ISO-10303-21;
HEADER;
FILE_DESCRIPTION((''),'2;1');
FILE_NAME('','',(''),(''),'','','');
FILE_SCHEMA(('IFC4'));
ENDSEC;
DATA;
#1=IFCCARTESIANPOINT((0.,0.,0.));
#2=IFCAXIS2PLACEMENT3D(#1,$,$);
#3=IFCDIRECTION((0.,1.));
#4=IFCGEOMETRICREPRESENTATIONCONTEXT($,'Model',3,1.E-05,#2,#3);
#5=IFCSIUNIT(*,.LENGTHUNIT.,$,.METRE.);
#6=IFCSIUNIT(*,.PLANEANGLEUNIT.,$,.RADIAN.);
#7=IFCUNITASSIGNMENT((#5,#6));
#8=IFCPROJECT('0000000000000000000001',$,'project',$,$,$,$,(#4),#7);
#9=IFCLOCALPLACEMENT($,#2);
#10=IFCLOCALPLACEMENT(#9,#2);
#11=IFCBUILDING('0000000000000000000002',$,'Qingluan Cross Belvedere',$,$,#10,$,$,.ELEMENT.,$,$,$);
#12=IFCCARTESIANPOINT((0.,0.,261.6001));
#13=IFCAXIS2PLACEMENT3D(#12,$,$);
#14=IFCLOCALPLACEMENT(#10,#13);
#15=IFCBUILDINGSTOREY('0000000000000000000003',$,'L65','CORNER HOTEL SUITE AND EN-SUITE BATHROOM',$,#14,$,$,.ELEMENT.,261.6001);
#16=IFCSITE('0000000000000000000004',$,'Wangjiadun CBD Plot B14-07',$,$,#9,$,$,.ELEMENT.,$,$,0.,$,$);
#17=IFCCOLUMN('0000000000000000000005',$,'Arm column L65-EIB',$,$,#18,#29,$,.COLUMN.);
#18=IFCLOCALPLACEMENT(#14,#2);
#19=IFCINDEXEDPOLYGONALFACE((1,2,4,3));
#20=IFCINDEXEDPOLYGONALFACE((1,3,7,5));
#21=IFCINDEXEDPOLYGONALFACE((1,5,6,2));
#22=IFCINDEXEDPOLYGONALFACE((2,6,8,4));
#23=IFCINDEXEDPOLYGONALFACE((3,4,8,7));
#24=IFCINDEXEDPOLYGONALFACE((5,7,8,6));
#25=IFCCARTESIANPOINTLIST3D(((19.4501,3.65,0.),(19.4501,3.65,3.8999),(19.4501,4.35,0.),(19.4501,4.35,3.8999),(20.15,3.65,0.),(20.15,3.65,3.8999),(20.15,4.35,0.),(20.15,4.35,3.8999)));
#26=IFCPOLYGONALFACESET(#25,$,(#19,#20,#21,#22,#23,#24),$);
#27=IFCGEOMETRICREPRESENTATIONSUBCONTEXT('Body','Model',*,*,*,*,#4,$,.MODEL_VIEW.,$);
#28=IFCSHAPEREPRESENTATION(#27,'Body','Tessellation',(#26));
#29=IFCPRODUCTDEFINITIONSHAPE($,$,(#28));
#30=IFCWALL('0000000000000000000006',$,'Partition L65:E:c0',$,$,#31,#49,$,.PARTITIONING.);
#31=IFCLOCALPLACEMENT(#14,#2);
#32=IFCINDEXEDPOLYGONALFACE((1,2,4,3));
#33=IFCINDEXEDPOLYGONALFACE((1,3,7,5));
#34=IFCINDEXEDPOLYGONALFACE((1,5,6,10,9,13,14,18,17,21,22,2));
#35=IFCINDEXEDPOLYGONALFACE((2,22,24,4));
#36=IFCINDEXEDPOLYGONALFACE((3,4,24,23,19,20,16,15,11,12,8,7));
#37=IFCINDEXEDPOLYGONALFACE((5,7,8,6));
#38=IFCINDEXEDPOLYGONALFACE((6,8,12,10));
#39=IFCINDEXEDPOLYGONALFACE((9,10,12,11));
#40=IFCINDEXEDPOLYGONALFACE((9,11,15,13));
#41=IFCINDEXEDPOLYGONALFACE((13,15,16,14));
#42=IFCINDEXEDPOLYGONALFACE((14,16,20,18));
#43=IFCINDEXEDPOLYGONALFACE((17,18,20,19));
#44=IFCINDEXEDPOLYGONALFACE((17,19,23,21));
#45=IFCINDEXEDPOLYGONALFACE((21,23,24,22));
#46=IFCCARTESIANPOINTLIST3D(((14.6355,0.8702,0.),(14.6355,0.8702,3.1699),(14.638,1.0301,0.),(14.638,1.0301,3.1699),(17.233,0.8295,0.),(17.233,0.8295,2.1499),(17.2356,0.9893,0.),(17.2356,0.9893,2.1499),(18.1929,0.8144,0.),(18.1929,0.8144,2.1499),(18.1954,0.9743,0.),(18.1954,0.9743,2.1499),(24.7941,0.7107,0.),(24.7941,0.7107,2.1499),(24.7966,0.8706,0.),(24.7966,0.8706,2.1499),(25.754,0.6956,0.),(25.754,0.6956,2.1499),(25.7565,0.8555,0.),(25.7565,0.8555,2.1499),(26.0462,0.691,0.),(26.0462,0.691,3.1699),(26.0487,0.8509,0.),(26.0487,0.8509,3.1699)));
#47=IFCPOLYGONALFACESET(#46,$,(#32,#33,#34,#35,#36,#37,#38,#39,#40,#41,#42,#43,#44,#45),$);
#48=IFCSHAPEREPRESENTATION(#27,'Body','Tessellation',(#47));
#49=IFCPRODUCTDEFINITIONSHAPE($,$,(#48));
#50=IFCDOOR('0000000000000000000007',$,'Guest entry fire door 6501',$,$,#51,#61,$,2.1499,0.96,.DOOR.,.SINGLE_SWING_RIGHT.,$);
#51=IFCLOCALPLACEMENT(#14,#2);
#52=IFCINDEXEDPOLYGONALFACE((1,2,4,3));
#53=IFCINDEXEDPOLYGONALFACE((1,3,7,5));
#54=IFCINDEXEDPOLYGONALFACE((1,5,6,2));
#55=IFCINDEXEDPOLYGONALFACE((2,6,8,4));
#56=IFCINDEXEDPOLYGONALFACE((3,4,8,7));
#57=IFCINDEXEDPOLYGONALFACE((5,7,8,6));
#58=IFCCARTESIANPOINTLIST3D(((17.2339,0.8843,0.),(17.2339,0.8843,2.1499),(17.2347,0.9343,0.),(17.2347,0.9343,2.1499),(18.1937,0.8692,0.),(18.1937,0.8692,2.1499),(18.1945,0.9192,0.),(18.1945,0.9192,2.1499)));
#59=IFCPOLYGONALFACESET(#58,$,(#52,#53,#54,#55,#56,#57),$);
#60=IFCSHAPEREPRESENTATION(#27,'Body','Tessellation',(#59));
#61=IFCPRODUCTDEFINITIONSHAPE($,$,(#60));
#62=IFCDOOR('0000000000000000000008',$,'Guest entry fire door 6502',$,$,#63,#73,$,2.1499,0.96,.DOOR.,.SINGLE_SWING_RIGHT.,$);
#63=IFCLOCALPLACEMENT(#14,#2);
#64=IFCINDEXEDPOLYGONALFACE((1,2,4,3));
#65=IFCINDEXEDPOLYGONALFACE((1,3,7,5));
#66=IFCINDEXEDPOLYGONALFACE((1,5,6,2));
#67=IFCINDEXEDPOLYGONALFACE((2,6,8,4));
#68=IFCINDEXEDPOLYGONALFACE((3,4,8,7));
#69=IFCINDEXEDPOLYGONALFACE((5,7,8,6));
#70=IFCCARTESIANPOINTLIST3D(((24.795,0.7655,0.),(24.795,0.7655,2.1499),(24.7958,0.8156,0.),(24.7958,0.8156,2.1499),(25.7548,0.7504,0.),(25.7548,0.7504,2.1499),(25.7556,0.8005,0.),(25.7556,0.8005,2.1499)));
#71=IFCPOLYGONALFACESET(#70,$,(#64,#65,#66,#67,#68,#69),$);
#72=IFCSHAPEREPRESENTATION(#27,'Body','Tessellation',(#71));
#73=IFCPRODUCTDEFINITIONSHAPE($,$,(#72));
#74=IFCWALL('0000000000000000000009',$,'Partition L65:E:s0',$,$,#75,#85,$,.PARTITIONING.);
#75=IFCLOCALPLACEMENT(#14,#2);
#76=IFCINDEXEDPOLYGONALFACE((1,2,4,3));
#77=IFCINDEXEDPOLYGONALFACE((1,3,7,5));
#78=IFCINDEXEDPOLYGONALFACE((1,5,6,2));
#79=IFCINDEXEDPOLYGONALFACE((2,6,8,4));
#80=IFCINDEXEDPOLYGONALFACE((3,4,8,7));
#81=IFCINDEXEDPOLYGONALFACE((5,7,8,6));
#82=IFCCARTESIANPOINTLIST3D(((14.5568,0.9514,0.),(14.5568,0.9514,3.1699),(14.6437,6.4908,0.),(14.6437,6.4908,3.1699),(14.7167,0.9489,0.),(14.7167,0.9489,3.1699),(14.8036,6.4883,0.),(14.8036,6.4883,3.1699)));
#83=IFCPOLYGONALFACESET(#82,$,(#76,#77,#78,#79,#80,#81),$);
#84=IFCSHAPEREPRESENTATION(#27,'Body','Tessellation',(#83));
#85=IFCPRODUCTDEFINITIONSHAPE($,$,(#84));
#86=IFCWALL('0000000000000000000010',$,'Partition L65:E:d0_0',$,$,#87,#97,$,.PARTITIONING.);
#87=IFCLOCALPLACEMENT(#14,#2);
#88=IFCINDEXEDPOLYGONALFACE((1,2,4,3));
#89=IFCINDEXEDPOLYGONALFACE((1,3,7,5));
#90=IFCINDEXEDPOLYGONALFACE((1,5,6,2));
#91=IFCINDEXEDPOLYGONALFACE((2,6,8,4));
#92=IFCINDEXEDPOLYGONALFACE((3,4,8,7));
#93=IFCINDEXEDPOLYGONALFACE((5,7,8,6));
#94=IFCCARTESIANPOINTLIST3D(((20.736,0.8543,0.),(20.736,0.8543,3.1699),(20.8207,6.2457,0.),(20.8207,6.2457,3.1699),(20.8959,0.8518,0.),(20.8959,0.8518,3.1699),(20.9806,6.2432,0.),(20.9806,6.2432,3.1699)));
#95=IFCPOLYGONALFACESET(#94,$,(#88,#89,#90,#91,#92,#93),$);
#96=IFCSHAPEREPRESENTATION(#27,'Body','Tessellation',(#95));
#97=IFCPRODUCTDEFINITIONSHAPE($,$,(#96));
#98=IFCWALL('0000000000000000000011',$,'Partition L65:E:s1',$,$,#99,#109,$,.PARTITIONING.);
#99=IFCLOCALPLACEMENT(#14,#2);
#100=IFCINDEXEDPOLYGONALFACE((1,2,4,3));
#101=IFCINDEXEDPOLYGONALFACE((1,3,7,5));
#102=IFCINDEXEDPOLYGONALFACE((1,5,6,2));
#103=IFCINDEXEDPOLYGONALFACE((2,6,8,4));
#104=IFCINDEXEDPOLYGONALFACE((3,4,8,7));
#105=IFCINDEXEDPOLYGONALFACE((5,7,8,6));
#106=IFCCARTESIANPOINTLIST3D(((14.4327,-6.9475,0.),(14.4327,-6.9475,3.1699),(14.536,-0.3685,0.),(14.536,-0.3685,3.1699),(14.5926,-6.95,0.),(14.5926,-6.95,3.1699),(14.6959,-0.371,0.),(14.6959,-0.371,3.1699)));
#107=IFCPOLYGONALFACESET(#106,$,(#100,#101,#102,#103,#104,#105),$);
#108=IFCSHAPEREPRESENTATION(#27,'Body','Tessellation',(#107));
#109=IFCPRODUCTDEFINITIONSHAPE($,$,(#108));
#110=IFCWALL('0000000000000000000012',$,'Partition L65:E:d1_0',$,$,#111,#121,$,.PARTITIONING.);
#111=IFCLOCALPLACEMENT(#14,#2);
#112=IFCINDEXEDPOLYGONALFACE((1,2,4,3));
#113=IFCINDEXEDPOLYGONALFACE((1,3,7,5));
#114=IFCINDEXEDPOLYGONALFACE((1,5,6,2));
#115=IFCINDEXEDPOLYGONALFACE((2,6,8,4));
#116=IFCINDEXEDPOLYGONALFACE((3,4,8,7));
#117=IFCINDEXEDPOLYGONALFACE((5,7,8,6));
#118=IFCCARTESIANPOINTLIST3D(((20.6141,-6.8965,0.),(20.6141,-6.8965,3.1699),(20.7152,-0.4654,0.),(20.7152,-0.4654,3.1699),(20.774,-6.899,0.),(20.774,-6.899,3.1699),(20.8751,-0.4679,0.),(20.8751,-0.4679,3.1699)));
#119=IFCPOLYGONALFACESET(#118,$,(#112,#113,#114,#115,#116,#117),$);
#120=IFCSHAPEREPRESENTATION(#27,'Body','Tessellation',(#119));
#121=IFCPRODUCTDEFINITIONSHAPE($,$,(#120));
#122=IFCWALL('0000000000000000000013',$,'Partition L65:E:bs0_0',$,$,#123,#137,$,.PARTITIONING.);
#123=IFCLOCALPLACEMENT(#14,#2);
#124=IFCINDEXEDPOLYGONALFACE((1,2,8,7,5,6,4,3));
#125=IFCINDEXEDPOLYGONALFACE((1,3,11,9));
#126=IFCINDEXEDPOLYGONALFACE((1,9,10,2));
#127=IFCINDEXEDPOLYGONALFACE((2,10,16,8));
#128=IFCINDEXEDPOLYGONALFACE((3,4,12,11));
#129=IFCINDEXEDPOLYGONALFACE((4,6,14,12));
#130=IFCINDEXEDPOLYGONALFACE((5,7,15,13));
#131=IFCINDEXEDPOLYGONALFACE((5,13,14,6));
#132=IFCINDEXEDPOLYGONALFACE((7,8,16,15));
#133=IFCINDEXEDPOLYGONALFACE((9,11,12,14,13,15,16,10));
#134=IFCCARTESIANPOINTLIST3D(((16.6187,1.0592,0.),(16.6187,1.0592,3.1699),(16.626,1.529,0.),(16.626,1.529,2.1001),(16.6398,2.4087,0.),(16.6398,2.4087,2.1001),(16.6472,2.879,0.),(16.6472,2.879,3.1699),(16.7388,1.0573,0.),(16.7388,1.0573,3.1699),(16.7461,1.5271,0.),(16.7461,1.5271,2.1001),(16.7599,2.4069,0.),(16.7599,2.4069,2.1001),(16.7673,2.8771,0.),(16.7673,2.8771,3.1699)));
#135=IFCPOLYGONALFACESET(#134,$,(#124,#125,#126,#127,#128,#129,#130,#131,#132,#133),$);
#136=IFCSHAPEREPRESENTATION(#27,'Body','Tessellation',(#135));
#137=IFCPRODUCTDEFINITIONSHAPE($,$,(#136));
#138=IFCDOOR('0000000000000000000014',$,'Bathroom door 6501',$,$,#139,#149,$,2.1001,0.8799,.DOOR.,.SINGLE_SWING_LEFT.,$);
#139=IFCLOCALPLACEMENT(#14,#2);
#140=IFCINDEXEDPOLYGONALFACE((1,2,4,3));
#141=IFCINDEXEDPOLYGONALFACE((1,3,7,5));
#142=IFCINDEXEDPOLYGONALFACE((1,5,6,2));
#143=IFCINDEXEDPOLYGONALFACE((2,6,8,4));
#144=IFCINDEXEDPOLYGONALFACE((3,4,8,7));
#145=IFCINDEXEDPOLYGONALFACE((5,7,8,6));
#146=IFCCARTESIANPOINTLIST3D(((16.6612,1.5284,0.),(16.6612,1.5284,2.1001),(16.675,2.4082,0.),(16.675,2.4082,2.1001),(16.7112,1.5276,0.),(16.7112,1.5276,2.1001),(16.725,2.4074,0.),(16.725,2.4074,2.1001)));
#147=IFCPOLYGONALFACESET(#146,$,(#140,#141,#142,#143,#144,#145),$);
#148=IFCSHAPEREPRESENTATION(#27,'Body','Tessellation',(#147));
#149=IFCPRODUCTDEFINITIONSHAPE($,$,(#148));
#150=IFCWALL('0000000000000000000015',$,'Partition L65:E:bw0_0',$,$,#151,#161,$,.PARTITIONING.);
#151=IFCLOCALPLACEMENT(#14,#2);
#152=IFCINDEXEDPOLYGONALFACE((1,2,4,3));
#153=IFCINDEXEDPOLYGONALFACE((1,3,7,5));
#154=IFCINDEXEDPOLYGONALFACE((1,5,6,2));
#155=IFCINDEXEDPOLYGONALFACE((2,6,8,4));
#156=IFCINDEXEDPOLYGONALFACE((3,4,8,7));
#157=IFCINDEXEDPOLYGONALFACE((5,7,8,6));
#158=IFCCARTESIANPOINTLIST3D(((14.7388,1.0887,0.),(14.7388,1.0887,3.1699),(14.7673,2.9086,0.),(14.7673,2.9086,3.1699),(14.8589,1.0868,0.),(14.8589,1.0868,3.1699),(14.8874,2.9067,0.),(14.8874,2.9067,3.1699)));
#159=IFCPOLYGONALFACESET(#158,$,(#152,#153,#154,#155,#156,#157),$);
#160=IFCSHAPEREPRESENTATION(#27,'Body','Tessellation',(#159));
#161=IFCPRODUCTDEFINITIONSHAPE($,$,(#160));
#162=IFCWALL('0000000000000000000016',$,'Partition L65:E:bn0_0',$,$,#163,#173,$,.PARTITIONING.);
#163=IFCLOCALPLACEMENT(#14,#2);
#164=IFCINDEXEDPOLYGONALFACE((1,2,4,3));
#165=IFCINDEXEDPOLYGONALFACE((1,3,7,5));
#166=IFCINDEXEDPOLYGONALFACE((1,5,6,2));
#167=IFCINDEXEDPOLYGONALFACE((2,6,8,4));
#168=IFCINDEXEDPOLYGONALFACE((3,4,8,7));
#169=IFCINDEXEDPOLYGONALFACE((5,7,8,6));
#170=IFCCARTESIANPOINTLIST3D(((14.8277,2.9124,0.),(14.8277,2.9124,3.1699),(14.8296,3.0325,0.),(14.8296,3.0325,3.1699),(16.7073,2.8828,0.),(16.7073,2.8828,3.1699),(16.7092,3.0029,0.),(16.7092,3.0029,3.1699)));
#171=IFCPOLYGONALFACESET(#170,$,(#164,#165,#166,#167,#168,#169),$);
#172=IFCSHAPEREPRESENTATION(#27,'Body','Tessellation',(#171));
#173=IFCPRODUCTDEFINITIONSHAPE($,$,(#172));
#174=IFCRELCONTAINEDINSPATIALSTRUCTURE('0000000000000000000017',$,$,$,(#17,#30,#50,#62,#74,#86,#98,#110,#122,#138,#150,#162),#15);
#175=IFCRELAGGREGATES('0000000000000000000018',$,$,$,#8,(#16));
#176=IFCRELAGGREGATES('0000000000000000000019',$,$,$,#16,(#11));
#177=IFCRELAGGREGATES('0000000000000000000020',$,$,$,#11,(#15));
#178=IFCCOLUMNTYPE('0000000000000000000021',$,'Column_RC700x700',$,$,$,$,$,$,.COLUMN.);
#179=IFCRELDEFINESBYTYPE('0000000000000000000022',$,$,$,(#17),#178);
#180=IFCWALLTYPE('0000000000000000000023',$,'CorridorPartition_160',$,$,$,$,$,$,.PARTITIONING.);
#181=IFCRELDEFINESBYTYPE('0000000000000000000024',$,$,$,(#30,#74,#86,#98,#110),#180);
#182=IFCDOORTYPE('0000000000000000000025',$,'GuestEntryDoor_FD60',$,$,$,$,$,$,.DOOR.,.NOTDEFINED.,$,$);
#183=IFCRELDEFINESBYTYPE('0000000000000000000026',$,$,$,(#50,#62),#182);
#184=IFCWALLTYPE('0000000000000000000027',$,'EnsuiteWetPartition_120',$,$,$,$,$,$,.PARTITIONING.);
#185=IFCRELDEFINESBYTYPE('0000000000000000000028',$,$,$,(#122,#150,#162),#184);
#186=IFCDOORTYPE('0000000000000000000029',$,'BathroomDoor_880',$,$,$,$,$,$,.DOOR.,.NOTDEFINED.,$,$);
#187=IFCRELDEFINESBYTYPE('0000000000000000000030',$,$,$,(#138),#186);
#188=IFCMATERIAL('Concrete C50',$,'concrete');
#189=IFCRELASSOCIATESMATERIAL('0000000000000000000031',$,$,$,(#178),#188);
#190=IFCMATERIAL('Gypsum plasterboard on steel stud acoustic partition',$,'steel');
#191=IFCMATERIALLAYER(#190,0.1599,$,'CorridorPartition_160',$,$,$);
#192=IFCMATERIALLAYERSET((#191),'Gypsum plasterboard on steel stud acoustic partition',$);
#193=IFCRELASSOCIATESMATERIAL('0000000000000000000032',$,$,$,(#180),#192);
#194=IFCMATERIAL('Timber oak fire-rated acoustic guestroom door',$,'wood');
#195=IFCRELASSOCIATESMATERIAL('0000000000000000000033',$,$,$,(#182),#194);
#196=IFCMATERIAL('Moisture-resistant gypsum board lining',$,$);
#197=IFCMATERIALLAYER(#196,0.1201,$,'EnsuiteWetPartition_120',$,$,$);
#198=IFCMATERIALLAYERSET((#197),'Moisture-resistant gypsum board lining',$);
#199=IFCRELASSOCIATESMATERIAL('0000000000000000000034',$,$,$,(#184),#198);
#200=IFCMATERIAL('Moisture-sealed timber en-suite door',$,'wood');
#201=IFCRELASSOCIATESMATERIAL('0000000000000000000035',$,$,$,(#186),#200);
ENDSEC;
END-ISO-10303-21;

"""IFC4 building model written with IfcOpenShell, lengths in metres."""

from ifc_helpers import new_model, si_unit, direction, frame, frame_2d, origin, origin_2d, place, context, subcontext, project, spatial, rectangle, extrude, material, layer, layer_set, material_profile, profile_set, type_object, element, fill, save


model = new_model("IFC4")

# Units and contexts
model_context = context("Model", 3, precision=1e-05, world=origin(), true_north=direction((0.0, 1.0)))
body_context = subcontext(model_context, "Body", "Model", "MODEL_VIEW")
ifc_project = project(units=[si_unit("LENGTHUNIT", "METRE"), si_unit("PLANEANGLEUNIT", "RADIAN")], contexts=[model_context])

# Site, building, storey
site_placement = place(None, origin())
site = spatial("IfcSite", under=ifc_project, at=site_placement, Name="Wangjiadun CBD Plot B14-07", CompositionType="ELEMENT", RefElevation=0.0)
building_placement = place(site_placement, origin())
building = spatial("IfcBuilding", under=site, at=building_placement, Name="Qingluan Cross Belvedere", CompositionType="ELEMENT")
storey_placement = place(building_placement, frame((0.0, 0.0, 261.6001)))
storey = spatial("IfcBuildingStorey", under=building, at=storey_placement, Name="L65", Description="CORNER HOTEL SUITE AND EN-SUITE BATHROOM", CompositionType="ELEMENT", Elevation=261.6001)

# Column
ifc_material_1 = material(Name="Concrete C50", Category="concrete")
ifc_material_profile = material_profile(ifc_material_1, rectangle(XDim=0.7, YDim=0.7, at=origin_2d()), Name="RC700x700")
ifc_profile_set = profile_set([ifc_material_profile], Name="Concrete C50")
column_type = type_object("IfcColumnType", Name="Column_RC700x700", PredefinedType="COLUMN", material=ifc_profile_set)
column_placement = place(storey_placement, frame((19.8, 4.0, 0.0), z_axis=(0.0, 0.0, 1.0), x_axis=(1.0, 0.0, 0.0)))
element("IfcColumn", 1, at=column_placement, inside=storey, type_object=column_type, Name="Arm column L65-EIB", PredefinedType="COLUMN", context=body_context, shape_type="SweptSolid", body=[
    extrude(rectangle(XDim=0.7, YDim=0.7, at=origin_2d()), origin(), (0.0, 0.0, 1.0), 3.8999),
])

# Wall, openings, doors
ifc_material_2 = material(Name="Gypsum plasterboard on steel stud acoustic partition", Category="steel")
ifc_layer_1 = layer(ifc_material_2, 0.1599, Name="CorridorPartition_160")
ifc_layer_set_1 = layer_set([ifc_layer_1], Name="Gypsum plasterboard on steel stud acoustic partition")
wall_type_1 = type_object("IfcWallType", Name="CorridorPartition_160", PredefinedType="PARTITIONING", material=ifc_layer_set_1)
wall_1_placement = place(storey_placement, frame((14.6367, 0.9502, 0.0), z_axis=(0.0, 0.0, 1.0), x_axis=(0.999877, -0.015703, 0.0)))
wall_1 = element("IfcWall", 2, at=wall_1_placement, inside=storey, type_object=wall_type_1, Name="Partition L65:E:c0", PredefinedType="PARTITIONING", context=body_context, shape_type="SweptSolid", body=[
    extrude(rectangle(XDim=11.4121, YDim=0.1599, at=frame_2d((5.7061, 0.0))), origin(), (0.0, 0.0, 1.0), 3.1699),
])
opening_1_placement = place(wall_1_placement, frame((2.5979, 0.0, 0.0)))
opening_1 = element("IfcOpeningElement", 3, at=opening_1_placement, cuts=wall_1, PredefinedType="OPENING", context=body_context, shape_type="SweptSolid", body=[
    extrude(rectangle(XDim=0.96, YDim=2.1499, at=frame_2d((0.48, 1.075))), frame((0.0, 0.0898, 0.0), z_axis=(0.0, -1.0, 0.0), x_axis=(1.0, 0.0, 0.0)), (0.0, 0.0, 1.0), 0.1799),
])
opening_2_placement = place(wall_1_placement, frame((10.1599, 0.0, 0.0)))
opening_2 = element("IfcOpeningElement", 4, at=opening_2_placement, cuts=wall_1, PredefinedType="OPENING", context=body_context, shape_type="SweptSolid", body=[
    extrude(rectangle(XDim=0.96, YDim=2.1499, at=frame_2d((0.48, 1.075))), frame((0.0, 0.0898, 0.0), z_axis=(0.0, -1.0, 0.0), x_axis=(1.0, 0.0, 0.0)), (0.0, 0.0, 1.0), 0.1799),
])
ifc_material_3 = material(Name="Timber oak fire-rated acoustic guestroom door", Category="wood")
door_type_1 = type_object("IfcDoorType", Name="GuestEntryDoor_FD60", OperationType="NOTDEFINED", PredefinedType="DOOR", material=ifc_material_3)
door_1_placement = place(opening_1_placement, origin())
door_1 = element("IfcDoor", 5, at=door_1_placement, inside=storey, type_object=door_type_1, Name="Guest entry fire door 6501", OperationType="SINGLE_SWING_RIGHT", OverallHeight=2.1499, OverallWidth=0.96, PredefinedType="DOOR", context=body_context, shape_type="SweptSolid", body=[
    extrude(rectangle(XDim=0.96, YDim=2.1499, at=frame_2d((0.48, 1.075))), frame((0.0, 0.0249, 0.0), z_axis=(0.0, -1.0, 0.0), x_axis=(1.0, 0.0, 0.0)), (0.0, 0.0, 1.0), 0.05),
])
fill(opening_1, door_1)
door_2_placement = place(opening_2_placement, origin())
door_2 = element("IfcDoor", 6, at=door_2_placement, inside=storey, type_object=door_type_1, Name="Guest entry fire door 6502", OperationType="SINGLE_SWING_RIGHT", OverallHeight=2.1499, OverallWidth=0.96, PredefinedType="DOOR", context=body_context, shape_type="SweptSolid", body=[
    extrude(rectangle(XDim=0.96, YDim=2.1499, at=frame_2d((0.48, 1.075))), frame((0.0, 0.0249, 0.0), z_axis=(0.0, -1.0, 0.0), x_axis=(1.0, 0.0, 0.0)), (0.0, 0.0, 1.0), 0.05),
])
fill(opening_2, door_2)

# Walls
wall_2_placement = place(storey_placement, frame((14.6367, 0.9502, 0.0), z_axis=(0.0, 0.0, 1.0), x_axis=(0.015688, 0.999877, 0.0)))
element("IfcWall", 7, at=wall_2_placement, inside=storey, type_object=wall_type_1, Name="Partition L65:E:s0", PredefinedType="PARTITIONING", context=body_context, shape_type="SweptSolid", body=[
    extrude(rectangle(XDim=5.54, YDim=0.1599, at=frame_2d((2.77, 0.0))), origin(), (0.0, 0.0, 1.0), 3.1699),
])
wall_3_placement = place(storey_placement, frame((20.8159, 0.853, 0.0), z_axis=(0.0, 0.0, 1.0), x_axis=(0.015712, 0.999877, 0.0)))
element("IfcWall", 8, at=wall_3_placement, inside=storey, type_object=wall_type_1, Name="Partition L65:E:d0_0", PredefinedType="PARTITIONING", context=body_context, shape_type="SweptSolid", body=[
    extrude(rectangle(XDim=5.3921, YDim=0.1599, at=frame_2d((2.696, 0.0))), origin(), (0.0, 0.0, 1.0), 3.1699),
])
wall_4_placement = place(storey_placement, frame((14.616, -0.3696, 0.0), z_axis=(0.0, 0.0, 1.0), x_axis=(-0.015695, -0.999877, 0.0)))
element("IfcWall", 9, at=wall_4_placement, inside=storey, type_object=wall_type_1, Name="Partition L65:E:s1", PredefinedType="PARTITIONING", context=body_context, shape_type="SweptSolid", body=[
    extrude(rectangle(XDim=6.5798, YDim=0.1599, at=frame_2d((3.29, 0.0))), origin(), (0.0, 0.0, 1.0), 3.1699),
])
wall_5_placement = place(storey_placement, frame((20.7952, -0.4668, 0.0), z_axis=(0.0, 0.0, 1.0), x_axis=(-0.015714, -0.999877, 0.0)))
element("IfcWall", 10, at=wall_5_placement, inside=storey, type_object=wall_type_1, Name="Partition L65:E:d1_0", PredefinedType="PARTITIONING", context=body_context, shape_type="SweptSolid", body=[
    extrude(rectangle(XDim=6.4319, YDim=0.1599, at=frame_2d((3.2158, 0.0))), origin(), (0.0, 0.0, 1.0), 3.1699),
])

# Wall, opening, door
ifc_material_4 = material(Name="Moisture-resistant gypsum board lining")
ifc_layer_2 = layer(ifc_material_4, 0.1201, Name="EnsuiteWetPartition_120")
ifc_layer_set_2 = layer_set([ifc_layer_2], Name="Moisture-resistant gypsum board lining")
wall_type_2 = type_object("IfcWallType", Name="EnsuiteWetPartition_120", PredefinedType="PARTITIONING", material=ifc_layer_set_2)
wall_6_placement = place(storey_placement, frame((16.6787, 1.0581, 0.0), z_axis=(0.0, 0.0, 1.0), x_axis=(0.015694, 0.999877, 0.0)))
wall_6 = element("IfcWall", 11, at=wall_6_placement, inside=storey, type_object=wall_type_2, Name="Partition L65:E:bs0_0", PredefinedType="PARTITIONING", context=body_context, shape_type="SweptSolid", body=[
    extrude(rectangle(XDim=1.8201, YDim=0.1201, at=frame_2d((0.9102, 0.0))), origin(), (0.0, 0.0, 1.0), 3.1699),
])
opening_3_placement = place(wall_6_placement, frame((0.47, 0.0, 0.0)))
opening_3 = element("IfcOpeningElement", 12, at=opening_3_placement, cuts=wall_6, PredefinedType="OPENING", context=body_context, shape_type="SweptSolid", body=[
    extrude(rectangle(XDim=0.8799, YDim=2.1001, at=frame_2d((0.4399, 1.05))), frame((0.0, 0.0701, 0.0), z_axis=(0.0, -1.0, 0.0), x_axis=(1.0, 0.0, 0.0)), (0.0, 0.0, 1.0), 0.1401),
])
ifc_material_5 = material(Name="Moisture-sealed timber en-suite door", Category="wood")
door_type_2 = type_object("IfcDoorType", Name="BathroomDoor_880", OperationType="NOTDEFINED", PredefinedType="DOOR", material=ifc_material_5)
door_3_placement = place(opening_3_placement, origin())
door_3 = element("IfcDoor", 13, at=door_3_placement, inside=storey, type_object=door_type_2, Name="Bathroom door 6501", OperationType="SINGLE_SWING_LEFT", OverallHeight=2.1001, OverallWidth=0.8799, PredefinedType="DOOR", context=body_context, shape_type="SweptSolid", body=[
    extrude(rectangle(XDim=0.8799, YDim=2.1001, at=frame_2d((0.4399, 1.05))), frame((0.0, 0.0249, 0.0), z_axis=(0.0, -1.0, 0.0), x_axis=(1.0, 0.0, 0.0)), (0.0, 0.0, 1.0), 0.05),
])
fill(opening_3, door_3)

# Walls
wall_7_placement = place(storey_placement, frame((14.7988, 1.0876, 0.0), z_axis=(0.0, 0.0, 1.0), x_axis=(0.015694, 0.999877, 0.0)))
element("IfcWall", 14, at=wall_7_placement, inside=storey, type_object=wall_type_2, Name="Partition L65:E:bw0_0", PredefinedType="PARTITIONING", context=body_context, shape_type="SweptSolid", body=[
    extrude(rectangle(XDim=1.8201, YDim=0.1201, at=frame_2d((0.9102, 0.0))), origin(), (0.0, 0.0, 1.0), 3.1699),
])
wall_8_placement = place(storey_placement, frame((14.8286, 2.9724, 0.0), z_axis=(0.0, 0.0, 1.0), x_axis=(0.999877, -0.015714, 0.0)))
element("IfcWall", 15, at=wall_8_placement, inside=storey, type_object=wall_type_2, Name="Partition L65:E:bn0_0", PredefinedType="PARTITIONING", context=body_context, shape_type="SweptSolid", body=[
    extrude(rectangle(XDim=1.8799, YDim=0.1201, at=frame_2d((0.9399, 0.0))), origin(), (0.0, 0.0, 1.0), 3.1699),
])

save(model, "model.ifc")
